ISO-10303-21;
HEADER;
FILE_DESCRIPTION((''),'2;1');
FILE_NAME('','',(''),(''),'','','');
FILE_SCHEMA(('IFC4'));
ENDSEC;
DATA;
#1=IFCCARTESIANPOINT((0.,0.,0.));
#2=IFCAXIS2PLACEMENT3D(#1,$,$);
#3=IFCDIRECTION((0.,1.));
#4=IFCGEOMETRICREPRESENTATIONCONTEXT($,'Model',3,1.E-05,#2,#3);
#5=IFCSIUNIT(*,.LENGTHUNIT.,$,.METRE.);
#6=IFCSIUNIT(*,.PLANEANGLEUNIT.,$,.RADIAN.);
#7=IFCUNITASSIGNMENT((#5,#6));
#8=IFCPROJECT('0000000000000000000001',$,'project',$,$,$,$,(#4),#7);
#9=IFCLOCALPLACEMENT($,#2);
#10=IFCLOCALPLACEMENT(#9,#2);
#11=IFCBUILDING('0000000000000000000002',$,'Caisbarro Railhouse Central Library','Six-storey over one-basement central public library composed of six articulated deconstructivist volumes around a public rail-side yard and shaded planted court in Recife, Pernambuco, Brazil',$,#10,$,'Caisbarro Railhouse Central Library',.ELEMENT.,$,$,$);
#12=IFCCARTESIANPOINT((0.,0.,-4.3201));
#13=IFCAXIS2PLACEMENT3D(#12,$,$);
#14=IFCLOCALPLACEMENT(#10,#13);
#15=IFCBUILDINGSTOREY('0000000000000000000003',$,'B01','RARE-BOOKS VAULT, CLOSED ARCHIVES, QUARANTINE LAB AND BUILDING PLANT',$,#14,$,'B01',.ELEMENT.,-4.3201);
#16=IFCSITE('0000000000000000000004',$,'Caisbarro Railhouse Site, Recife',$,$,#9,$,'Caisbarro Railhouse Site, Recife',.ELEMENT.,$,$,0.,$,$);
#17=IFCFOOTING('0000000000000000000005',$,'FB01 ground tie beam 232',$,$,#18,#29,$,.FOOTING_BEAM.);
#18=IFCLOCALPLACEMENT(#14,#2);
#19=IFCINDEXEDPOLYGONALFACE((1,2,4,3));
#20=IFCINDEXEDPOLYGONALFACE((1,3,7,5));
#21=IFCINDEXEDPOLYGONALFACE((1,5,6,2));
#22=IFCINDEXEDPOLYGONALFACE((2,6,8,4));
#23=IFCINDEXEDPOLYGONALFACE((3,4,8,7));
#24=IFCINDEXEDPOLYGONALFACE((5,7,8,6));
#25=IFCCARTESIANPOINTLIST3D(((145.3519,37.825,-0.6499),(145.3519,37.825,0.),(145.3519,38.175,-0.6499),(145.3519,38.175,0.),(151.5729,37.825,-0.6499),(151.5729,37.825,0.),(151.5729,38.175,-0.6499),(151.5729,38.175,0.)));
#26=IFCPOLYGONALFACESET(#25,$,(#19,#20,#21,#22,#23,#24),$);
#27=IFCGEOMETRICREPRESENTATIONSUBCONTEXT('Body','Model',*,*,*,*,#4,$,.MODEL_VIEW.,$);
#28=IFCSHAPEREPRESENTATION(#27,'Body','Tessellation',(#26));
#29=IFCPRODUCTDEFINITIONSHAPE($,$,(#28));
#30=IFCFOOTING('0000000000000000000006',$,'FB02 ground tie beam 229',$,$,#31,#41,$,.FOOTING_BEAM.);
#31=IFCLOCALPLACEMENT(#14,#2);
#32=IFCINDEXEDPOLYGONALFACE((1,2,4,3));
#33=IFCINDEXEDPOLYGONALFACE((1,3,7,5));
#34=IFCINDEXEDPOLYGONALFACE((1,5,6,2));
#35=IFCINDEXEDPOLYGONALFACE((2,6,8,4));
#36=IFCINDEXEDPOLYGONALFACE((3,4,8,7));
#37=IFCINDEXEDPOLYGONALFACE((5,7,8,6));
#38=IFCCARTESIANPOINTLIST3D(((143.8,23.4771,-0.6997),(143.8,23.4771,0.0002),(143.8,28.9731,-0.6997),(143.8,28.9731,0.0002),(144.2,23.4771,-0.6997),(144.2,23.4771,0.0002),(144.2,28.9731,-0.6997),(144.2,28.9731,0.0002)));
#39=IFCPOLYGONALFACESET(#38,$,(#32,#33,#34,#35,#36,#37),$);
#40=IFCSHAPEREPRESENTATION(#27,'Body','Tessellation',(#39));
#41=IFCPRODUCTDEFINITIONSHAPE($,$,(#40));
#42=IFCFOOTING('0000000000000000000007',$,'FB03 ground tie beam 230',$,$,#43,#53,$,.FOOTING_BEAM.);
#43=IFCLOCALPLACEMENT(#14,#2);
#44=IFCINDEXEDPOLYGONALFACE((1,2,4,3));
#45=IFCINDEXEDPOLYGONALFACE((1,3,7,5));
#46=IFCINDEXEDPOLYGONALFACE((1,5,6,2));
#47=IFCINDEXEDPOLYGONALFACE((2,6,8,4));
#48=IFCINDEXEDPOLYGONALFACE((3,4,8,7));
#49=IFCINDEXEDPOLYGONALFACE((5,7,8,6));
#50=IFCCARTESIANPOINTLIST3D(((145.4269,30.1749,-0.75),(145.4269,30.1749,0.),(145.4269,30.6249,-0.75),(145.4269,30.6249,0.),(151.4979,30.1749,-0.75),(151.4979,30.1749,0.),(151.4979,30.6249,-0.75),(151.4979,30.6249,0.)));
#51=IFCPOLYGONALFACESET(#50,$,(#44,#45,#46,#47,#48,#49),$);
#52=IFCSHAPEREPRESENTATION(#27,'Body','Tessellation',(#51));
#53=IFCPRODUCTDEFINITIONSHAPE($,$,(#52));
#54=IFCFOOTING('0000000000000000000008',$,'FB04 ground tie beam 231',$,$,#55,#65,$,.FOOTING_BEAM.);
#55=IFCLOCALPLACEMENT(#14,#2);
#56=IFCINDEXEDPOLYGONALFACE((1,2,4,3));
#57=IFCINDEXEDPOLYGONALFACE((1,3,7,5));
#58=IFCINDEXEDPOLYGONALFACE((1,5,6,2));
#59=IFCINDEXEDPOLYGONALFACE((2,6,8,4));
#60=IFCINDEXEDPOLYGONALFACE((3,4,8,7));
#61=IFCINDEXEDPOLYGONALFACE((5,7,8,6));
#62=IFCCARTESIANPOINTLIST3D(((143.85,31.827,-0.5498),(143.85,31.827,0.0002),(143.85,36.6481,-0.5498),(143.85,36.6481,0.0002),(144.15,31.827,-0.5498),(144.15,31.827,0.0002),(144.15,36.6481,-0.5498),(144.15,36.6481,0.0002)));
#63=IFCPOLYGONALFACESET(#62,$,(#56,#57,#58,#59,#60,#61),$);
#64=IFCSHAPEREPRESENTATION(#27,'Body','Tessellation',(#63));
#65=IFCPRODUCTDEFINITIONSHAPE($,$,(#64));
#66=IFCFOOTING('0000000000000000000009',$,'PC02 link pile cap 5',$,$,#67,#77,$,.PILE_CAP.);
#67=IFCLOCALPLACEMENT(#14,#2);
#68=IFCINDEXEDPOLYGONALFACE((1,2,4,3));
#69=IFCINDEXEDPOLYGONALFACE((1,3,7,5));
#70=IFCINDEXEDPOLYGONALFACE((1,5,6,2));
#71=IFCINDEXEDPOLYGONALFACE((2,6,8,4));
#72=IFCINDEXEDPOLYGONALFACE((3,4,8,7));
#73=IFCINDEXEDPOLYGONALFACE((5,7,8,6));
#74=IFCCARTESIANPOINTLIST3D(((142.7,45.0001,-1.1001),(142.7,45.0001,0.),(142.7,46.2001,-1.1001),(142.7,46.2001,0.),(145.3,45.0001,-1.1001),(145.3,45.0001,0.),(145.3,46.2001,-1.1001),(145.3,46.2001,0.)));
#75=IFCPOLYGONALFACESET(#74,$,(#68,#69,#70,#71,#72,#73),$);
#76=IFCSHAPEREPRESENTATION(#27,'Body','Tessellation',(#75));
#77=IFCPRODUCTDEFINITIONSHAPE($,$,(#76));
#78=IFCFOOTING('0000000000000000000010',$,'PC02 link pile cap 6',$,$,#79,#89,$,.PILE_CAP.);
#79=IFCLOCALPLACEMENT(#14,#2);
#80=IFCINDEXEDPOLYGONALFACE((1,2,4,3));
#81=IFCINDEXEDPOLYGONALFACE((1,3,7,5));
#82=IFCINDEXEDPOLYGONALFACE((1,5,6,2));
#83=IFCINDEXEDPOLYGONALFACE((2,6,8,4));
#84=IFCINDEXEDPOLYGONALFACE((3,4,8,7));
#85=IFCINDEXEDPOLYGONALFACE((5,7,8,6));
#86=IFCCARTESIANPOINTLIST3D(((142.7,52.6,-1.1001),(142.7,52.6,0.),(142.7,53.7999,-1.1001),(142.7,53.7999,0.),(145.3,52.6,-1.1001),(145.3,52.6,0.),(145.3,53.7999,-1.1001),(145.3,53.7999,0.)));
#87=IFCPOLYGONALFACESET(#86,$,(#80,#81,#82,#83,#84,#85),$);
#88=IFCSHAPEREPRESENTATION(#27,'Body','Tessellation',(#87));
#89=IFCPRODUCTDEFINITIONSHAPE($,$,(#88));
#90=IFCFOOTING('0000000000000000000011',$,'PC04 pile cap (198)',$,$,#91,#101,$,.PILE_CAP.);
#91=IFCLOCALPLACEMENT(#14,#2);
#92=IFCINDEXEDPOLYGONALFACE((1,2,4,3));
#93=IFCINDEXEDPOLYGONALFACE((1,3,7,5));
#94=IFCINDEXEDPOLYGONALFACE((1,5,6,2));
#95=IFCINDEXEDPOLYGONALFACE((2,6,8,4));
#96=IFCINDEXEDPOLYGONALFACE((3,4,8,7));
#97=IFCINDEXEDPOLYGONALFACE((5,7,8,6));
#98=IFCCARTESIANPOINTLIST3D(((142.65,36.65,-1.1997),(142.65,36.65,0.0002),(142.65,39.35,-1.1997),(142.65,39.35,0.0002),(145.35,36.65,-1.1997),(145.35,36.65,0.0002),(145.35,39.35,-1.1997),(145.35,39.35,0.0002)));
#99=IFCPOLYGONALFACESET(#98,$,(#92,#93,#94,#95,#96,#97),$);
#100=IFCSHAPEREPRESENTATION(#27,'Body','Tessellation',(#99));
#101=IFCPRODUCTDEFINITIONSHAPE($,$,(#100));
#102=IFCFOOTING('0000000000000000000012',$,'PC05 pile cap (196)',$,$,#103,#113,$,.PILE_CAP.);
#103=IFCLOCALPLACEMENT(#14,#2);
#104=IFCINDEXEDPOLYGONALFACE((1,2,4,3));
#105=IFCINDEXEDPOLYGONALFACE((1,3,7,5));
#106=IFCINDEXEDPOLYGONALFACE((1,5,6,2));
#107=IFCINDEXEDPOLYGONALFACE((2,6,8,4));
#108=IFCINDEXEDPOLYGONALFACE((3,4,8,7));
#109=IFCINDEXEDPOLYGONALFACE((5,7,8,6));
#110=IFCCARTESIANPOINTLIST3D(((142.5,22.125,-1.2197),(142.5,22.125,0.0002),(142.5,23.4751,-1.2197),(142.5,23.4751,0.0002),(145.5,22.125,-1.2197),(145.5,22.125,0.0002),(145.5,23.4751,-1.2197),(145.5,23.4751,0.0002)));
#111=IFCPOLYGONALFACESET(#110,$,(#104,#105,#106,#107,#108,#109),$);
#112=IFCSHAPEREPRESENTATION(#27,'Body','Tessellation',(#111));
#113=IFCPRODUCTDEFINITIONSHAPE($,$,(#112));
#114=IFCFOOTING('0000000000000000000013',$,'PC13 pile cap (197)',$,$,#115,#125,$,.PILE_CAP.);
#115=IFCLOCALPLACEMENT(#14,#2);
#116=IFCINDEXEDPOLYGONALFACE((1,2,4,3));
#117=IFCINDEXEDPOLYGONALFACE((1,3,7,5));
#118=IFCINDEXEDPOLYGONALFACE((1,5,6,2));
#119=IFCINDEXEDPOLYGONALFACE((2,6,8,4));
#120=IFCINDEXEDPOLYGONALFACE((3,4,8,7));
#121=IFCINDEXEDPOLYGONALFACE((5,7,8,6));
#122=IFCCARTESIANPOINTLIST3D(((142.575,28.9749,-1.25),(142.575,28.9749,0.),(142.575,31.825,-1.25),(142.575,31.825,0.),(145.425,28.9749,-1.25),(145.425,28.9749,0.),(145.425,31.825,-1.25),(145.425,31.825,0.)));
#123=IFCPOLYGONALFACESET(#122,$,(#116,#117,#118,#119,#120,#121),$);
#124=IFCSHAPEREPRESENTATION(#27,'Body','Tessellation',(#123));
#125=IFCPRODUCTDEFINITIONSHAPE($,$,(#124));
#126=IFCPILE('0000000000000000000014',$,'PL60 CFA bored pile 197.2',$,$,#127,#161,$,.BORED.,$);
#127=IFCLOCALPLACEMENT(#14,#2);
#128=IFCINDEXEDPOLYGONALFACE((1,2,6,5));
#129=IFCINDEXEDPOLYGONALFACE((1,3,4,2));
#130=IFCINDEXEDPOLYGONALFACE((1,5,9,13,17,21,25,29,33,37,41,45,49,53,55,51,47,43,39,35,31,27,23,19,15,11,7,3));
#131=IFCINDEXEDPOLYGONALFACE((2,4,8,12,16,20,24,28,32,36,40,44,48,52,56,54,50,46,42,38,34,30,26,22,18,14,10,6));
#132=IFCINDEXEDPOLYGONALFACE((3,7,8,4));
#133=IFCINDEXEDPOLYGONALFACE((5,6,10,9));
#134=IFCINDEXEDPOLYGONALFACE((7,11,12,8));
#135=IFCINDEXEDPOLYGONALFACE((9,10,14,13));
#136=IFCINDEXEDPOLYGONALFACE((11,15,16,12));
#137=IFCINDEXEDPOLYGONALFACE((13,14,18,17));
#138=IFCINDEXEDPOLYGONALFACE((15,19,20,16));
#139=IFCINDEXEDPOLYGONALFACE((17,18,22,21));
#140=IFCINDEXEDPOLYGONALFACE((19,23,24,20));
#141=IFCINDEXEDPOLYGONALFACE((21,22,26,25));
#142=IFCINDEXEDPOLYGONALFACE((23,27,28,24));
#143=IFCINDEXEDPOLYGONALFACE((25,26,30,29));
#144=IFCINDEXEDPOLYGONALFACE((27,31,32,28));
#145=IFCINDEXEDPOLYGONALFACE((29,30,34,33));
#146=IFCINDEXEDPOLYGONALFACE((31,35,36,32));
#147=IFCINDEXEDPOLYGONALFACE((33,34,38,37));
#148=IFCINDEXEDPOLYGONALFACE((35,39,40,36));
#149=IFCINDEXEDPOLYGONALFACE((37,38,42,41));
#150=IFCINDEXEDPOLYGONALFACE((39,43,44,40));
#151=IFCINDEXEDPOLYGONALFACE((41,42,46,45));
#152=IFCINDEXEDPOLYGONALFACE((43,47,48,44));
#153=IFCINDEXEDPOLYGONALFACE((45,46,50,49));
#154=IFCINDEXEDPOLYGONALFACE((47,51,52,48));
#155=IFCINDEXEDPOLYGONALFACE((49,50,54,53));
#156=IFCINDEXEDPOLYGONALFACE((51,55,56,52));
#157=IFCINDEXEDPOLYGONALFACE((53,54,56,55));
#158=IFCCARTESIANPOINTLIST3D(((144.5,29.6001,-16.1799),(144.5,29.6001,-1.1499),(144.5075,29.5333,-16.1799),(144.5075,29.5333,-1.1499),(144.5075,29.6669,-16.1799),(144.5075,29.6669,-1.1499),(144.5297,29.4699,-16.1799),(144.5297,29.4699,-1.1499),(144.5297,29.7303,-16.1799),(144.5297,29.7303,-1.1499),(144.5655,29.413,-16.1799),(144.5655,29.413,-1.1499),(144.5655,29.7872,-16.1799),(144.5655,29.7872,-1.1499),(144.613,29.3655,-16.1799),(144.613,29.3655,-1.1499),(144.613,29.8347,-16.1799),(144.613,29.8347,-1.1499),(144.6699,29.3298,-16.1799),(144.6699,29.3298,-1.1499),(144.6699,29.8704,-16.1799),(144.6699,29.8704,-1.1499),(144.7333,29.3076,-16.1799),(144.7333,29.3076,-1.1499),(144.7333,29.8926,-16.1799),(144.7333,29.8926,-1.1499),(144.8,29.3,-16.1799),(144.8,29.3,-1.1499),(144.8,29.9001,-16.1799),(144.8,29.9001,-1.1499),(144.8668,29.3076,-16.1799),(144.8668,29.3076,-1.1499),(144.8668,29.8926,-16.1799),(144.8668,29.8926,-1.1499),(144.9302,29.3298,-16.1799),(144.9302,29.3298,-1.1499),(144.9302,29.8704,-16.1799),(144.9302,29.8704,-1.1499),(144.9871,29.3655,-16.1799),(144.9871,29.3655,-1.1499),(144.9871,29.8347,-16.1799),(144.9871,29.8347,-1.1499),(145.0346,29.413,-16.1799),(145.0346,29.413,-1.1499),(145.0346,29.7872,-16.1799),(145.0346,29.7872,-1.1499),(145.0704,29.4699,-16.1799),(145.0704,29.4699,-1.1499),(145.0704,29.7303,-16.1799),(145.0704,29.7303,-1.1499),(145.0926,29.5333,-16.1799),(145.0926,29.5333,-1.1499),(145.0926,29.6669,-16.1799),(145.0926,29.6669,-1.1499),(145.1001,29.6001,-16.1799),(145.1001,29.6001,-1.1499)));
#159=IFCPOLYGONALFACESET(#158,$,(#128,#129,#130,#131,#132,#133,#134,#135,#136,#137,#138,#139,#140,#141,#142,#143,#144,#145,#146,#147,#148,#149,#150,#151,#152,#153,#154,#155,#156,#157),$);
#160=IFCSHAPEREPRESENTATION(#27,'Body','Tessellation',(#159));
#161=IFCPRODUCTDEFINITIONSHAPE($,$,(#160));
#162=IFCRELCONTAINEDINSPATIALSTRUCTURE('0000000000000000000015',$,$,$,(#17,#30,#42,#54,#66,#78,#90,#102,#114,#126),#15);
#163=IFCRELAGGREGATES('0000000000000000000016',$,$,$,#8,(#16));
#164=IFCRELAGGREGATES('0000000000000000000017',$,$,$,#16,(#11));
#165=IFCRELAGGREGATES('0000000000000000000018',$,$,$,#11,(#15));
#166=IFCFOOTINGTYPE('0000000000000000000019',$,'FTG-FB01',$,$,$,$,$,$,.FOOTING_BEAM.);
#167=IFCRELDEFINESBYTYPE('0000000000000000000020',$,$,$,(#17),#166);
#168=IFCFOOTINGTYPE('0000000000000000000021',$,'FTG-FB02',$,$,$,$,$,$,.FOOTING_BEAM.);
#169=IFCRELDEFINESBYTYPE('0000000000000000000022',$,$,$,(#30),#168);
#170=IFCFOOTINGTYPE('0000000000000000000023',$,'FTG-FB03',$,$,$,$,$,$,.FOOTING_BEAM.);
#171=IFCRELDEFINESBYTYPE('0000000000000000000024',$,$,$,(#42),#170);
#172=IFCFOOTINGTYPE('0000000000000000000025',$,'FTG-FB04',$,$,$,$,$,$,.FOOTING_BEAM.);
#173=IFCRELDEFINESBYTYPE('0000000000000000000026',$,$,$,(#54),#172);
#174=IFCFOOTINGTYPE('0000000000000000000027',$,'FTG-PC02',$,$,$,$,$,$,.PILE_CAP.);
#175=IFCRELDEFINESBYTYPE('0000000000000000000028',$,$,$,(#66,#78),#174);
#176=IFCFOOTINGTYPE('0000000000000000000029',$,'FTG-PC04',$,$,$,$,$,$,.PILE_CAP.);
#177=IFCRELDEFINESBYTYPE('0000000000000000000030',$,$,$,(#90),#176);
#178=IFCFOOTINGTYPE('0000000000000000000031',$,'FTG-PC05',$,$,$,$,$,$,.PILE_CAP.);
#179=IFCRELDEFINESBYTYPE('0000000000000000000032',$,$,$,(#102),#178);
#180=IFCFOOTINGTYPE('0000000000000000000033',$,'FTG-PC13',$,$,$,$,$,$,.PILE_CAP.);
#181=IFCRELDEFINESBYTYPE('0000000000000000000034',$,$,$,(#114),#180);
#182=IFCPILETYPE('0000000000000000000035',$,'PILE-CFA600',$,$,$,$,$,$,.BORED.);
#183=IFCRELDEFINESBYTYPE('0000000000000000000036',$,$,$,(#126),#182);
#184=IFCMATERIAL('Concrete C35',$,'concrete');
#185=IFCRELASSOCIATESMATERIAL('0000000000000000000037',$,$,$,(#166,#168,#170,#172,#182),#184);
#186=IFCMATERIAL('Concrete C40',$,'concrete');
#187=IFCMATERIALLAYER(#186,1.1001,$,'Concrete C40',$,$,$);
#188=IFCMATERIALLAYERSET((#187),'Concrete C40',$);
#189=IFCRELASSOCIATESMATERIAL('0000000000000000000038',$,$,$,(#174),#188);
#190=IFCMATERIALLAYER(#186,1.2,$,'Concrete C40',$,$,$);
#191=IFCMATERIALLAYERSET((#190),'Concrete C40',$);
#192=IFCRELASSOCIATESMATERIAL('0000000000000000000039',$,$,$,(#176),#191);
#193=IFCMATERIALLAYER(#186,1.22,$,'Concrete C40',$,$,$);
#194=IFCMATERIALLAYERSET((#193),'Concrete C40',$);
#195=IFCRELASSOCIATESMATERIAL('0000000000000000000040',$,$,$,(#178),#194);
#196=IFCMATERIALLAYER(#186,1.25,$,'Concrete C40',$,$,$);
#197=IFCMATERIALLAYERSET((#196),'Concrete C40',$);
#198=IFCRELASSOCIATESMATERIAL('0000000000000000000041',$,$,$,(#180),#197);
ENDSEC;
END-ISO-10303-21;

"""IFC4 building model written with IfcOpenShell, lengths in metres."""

from ifc_helpers import new_model, si_unit, direction, frame, origin, origin_2d, place, context, subcontext, project, spatial, rectangle, circle, extrude, material, layer, layer_set, material_profile, profile_set, type_object, element, save


model = new_model("IFC4")

# Units and contexts
model_context = context("Model", 3, precision=1e-05, world=origin(), true_north=direction((0.0, 1.0)))
body_context = subcontext(model_context, "Body", "Model", "MODEL_VIEW")
ifc_project = project(units=[si_unit("LENGTHUNIT", "METRE"), si_unit("PLANEANGLEUNIT", "RADIAN")], contexts=[model_context])

# Site, building, storey
site_placement = place(None, origin())
site = spatial("IfcSite", under=ifc_project, at=site_placement, Name="Caisbarro Railhouse Site, Recife", LongName="Caisbarro Railhouse Site, Recife", CompositionType="ELEMENT", RefElevation=0.0)
building_placement = place(site_placement, origin())
building = spatial("IfcBuilding", under=site, at=building_placement, Name="Caisbarro Railhouse Central Library", Description="Six-storey over one-basement central public library composed of six articulated deconstructivist volumes around a public rail-side yard and shaded planted court in Recife, Pernambuco, Brazil", LongName="Caisbarro Railhouse Central Library", CompositionType="ELEMENT")
storey_placement = place(building_placement, frame((0.0, 0.0, -4.3201)))
storey = spatial("IfcBuildingStorey", under=building, at=storey_placement, Name="B01", Description="RARE-BOOKS VAULT, CLOSED ARCHIVES, QUARANTINE LAB AND BUILDING PLANT", LongName="B01", CompositionType="ELEMENT", Elevation=-4.3201)

# Footings
ifc_material_1 = material(Name="Concrete C35", Category="concrete")
footing_type_1 = type_object("IfcFootingType", Name="FTG-FB01", PredefinedType="FOOTING_BEAM", material=ifc_material_1)
footing_1_placement = place(storey_placement, frame((148.4624, 38.0, -0.6499), z_axis=(0.0, 0.0, 1.0), x_axis=(1.0, 0.0, 0.0)))
element("IfcFooting", 1, at=footing_1_placement, inside=storey, type_object=footing_type_1, Name="FB01 ground tie beam 232", PredefinedType="FOOTING_BEAM", context=body_context, shape_type="SweptSolid", body=[
    extrude(rectangle(XDim=6.2209, YDim=0.3501, at=origin_2d()), origin(), (0.0, 0.0, 1.0), 0.6499),
])
footing_type_2 = type_object("IfcFootingType", Name="FTG-FB02", PredefinedType="FOOTING_BEAM", material=ifc_material_1)
footing_2_placement = place(storey_placement, frame((144.0, 26.2251, -0.6997), z_axis=(0.0, 0.0, 1.0), x_axis=(0.0, 1.0, 0.0)))
element("IfcFooting", 2, at=footing_2_placement, inside=storey, type_object=footing_type_2, Name="FB02 ground tie beam 229", PredefinedType="FOOTING_BEAM", context=body_context, shape_type="SweptSolid", body=[
    extrude(rectangle(XDim=5.4961, YDim=0.3999, at=origin_2d()), origin(), (0.0, 0.0, 1.0), 0.7),
])
footing_type_3 = type_object("IfcFootingType", Name="FTG-FB03", PredefinedType="FOOTING_BEAM", material=ifc_material_1)
footing_3_placement = place(storey_placement, frame((148.4624, 30.3999, -0.75), z_axis=(0.0, 0.0, 1.0), x_axis=(1.0, 0.0, 0.0)))
element("IfcFooting", 3, at=footing_3_placement, inside=storey, type_object=footing_type_3, Name="FB03 ground tie beam 230", PredefinedType="FOOTING_BEAM", context=body_context, shape_type="SweptSolid", body=[
    extrude(rectangle(XDim=6.071, YDim=0.45, at=origin_2d()), origin(), (0.0, 0.0, 1.0), 0.75),
])
footing_type_4 = type_object("IfcFootingType", Name="FTG-FB04", PredefinedType="FOOTING_BEAM", material=ifc_material_1)
footing_4_placement = place(storey_placement, frame((144.0, 34.2375, -0.5498), z_axis=(0.0, 0.0, 1.0), x_axis=(0.0, 1.0, 0.0)))
element("IfcFooting", 4, at=footing_4_placement, inside=storey, type_object=footing_type_4, Name="FB04 ground tie beam 231", PredefinedType="FOOTING_BEAM", context=body_context, shape_type="SweptSolid", body=[
    extrude(rectangle(XDim=4.821, YDim=0.3, at=origin_2d()), origin(), (0.0, 0.0, 1.0), 0.55),
])
ifc_material_2 = material(Name="Concrete C40", Category="concrete")
ifc_layer_1 = layer(ifc_material_2, 1.1001, Name="Concrete C40")
ifc_layer_set_1 = layer_set([ifc_layer_1], Name="Concrete C40")
footing_type_5 = type_object("IfcFootingType", Name="FTG-PC02", PredefinedType="PILE_CAP", material=ifc_layer_set_1)
for number, where, z_axis, x_axis, name in (
    (5, (144.0, 45.6001, -1.1001), (0.0, 0.0, 1.0), (1.0, 0.0, 0.0), "PC02 link pile cap 5"),
    (6, (144.0, 53.2, -1.1001), (0.0, 0.0, 1.0), (1.0, 0.0, 0.0), "PC02 link pile cap 6"),
):
    element("IfcFooting", number, at=place(storey_placement, frame(where, z_axis=z_axis, x_axis=x_axis)), inside=storey, type_object=footing_type_5, Name=name, PredefinedType="PILE_CAP", context=body_context, shape_type="SweptSolid", body=[
        extrude(rectangle(XDim=2.6001, YDim=1.2, at=origin_2d()), origin(), (0.0, 0.0, 1.0), 1.1001),
    ])
ifc_layer_2 = layer(ifc_material_2, 1.2, Name="Concrete C40")
ifc_layer_set_2 = layer_set([ifc_layer_2], Name="Concrete C40")
footing_type_6 = type_object("IfcFootingType", Name="FTG-PC04", PredefinedType="PILE_CAP", material=ifc_layer_set_2)
footing_5_placement = place(storey_placement, frame((144.0, 38.0, -1.1997), z_axis=(0.0, 0.0, 1.0), x_axis=(1.0, 0.0, 0.0)))
element("IfcFooting", 7, at=footing_5_placement, inside=storey, type_object=footing_type_6, Name="PC04 pile cap (198)", PredefinedType="PILE_CAP", context=body_context, shape_type="SweptSolid", body=[
    extrude(rectangle(XDim=2.7, YDim=2.7, at=origin_2d()), origin(), (0.0, 0.0, 1.0), 1.2),
])
ifc_layer_3 = layer(ifc_material_2, 1.22, Name="Concrete C40")
ifc_layer_set_3 = layer_set([ifc_layer_3], Name="Concrete C40")
footing_type_7 = type_object("IfcFootingType", Name="FTG-PC05", PredefinedType="PILE_CAP", material=ifc_layer_set_3)
footing_6_placement = place(storey_placement, frame((144.0, 22.8, -1.2197), z_axis=(0.0, 0.0, 1.0), x_axis=(1.0, 0.0, 0.0)))
element("IfcFooting", 8, at=footing_6_placement, inside=storey, type_object=footing_type_7, Name="PC05 pile cap (196)", PredefinedType="PILE_CAP", context=body_context, shape_type="SweptSolid", body=[
    extrude(rectangle(XDim=3.0, YDim=1.3501, at=origin_2d()), origin(), (0.0, 0.0, 1.0), 1.22),
])
ifc_layer_4 = layer(ifc_material_2, 1.25, Name="Concrete C40")
ifc_layer_set_4 = layer_set([ifc_layer_4], Name="Concrete C40")
footing_type_8 = type_object("IfcFootingType", Name="FTG-PC13", PredefinedType="PILE_CAP", material=ifc_layer_set_4)
footing_7_placement = place(storey_placement, frame((144.0, 30.3999, -1.25), z_axis=(0.0, 0.0, 1.0), x_axis=(1.0, 0.0, 0.0)))
element("IfcFooting", 9, at=footing_7_placement, inside=storey, type_object=footing_type_8, Name="PC13 pile cap (197)", PredefinedType="PILE_CAP", context=body_context, shape_type="SweptSolid", body=[
    extrude(rectangle(XDim=2.8501, YDim=2.8501, at=origin_2d()), origin(), (0.0, 0.0, 1.0), 1.25),
])

# Pile
ifc_material_profile_1 = material_profile(ifc_material_1, circle(Radius=0.3, at=origin_2d()), Name="PILE-CFA-600")
ifc_profile_set_1 = profile_set([ifc_material_profile_1], Name="Concrete C35")
pile_type_1 = type_object("IfcPileType", Name="PILE-CFA600", PredefinedType="BORED", material=ifc_profile_set_1)
for number, where, z_axis, x_axis, name in (
    (10, (144.8, 29.6001, -1.1499), (0.0, 0.0, -1.0), (1.0, 0.0, 0.0), "PL60 CFA bored pile 197.2"),
):
    element("IfcPile", number, at=place(storey_placement, frame(where, z_axis=z_axis, x_axis=x_axis)), inside=storey, type_object=pile_type_1, Name=name, PredefinedType="BORED", context=body_context, shape_type="SweptSolid", body=[
        extrude(circle(Radius=0.3, at=origin_2d()), origin(), (0.0, 0.0, 1.0), 15.03),
    ])

save(model, "model.ifc")
